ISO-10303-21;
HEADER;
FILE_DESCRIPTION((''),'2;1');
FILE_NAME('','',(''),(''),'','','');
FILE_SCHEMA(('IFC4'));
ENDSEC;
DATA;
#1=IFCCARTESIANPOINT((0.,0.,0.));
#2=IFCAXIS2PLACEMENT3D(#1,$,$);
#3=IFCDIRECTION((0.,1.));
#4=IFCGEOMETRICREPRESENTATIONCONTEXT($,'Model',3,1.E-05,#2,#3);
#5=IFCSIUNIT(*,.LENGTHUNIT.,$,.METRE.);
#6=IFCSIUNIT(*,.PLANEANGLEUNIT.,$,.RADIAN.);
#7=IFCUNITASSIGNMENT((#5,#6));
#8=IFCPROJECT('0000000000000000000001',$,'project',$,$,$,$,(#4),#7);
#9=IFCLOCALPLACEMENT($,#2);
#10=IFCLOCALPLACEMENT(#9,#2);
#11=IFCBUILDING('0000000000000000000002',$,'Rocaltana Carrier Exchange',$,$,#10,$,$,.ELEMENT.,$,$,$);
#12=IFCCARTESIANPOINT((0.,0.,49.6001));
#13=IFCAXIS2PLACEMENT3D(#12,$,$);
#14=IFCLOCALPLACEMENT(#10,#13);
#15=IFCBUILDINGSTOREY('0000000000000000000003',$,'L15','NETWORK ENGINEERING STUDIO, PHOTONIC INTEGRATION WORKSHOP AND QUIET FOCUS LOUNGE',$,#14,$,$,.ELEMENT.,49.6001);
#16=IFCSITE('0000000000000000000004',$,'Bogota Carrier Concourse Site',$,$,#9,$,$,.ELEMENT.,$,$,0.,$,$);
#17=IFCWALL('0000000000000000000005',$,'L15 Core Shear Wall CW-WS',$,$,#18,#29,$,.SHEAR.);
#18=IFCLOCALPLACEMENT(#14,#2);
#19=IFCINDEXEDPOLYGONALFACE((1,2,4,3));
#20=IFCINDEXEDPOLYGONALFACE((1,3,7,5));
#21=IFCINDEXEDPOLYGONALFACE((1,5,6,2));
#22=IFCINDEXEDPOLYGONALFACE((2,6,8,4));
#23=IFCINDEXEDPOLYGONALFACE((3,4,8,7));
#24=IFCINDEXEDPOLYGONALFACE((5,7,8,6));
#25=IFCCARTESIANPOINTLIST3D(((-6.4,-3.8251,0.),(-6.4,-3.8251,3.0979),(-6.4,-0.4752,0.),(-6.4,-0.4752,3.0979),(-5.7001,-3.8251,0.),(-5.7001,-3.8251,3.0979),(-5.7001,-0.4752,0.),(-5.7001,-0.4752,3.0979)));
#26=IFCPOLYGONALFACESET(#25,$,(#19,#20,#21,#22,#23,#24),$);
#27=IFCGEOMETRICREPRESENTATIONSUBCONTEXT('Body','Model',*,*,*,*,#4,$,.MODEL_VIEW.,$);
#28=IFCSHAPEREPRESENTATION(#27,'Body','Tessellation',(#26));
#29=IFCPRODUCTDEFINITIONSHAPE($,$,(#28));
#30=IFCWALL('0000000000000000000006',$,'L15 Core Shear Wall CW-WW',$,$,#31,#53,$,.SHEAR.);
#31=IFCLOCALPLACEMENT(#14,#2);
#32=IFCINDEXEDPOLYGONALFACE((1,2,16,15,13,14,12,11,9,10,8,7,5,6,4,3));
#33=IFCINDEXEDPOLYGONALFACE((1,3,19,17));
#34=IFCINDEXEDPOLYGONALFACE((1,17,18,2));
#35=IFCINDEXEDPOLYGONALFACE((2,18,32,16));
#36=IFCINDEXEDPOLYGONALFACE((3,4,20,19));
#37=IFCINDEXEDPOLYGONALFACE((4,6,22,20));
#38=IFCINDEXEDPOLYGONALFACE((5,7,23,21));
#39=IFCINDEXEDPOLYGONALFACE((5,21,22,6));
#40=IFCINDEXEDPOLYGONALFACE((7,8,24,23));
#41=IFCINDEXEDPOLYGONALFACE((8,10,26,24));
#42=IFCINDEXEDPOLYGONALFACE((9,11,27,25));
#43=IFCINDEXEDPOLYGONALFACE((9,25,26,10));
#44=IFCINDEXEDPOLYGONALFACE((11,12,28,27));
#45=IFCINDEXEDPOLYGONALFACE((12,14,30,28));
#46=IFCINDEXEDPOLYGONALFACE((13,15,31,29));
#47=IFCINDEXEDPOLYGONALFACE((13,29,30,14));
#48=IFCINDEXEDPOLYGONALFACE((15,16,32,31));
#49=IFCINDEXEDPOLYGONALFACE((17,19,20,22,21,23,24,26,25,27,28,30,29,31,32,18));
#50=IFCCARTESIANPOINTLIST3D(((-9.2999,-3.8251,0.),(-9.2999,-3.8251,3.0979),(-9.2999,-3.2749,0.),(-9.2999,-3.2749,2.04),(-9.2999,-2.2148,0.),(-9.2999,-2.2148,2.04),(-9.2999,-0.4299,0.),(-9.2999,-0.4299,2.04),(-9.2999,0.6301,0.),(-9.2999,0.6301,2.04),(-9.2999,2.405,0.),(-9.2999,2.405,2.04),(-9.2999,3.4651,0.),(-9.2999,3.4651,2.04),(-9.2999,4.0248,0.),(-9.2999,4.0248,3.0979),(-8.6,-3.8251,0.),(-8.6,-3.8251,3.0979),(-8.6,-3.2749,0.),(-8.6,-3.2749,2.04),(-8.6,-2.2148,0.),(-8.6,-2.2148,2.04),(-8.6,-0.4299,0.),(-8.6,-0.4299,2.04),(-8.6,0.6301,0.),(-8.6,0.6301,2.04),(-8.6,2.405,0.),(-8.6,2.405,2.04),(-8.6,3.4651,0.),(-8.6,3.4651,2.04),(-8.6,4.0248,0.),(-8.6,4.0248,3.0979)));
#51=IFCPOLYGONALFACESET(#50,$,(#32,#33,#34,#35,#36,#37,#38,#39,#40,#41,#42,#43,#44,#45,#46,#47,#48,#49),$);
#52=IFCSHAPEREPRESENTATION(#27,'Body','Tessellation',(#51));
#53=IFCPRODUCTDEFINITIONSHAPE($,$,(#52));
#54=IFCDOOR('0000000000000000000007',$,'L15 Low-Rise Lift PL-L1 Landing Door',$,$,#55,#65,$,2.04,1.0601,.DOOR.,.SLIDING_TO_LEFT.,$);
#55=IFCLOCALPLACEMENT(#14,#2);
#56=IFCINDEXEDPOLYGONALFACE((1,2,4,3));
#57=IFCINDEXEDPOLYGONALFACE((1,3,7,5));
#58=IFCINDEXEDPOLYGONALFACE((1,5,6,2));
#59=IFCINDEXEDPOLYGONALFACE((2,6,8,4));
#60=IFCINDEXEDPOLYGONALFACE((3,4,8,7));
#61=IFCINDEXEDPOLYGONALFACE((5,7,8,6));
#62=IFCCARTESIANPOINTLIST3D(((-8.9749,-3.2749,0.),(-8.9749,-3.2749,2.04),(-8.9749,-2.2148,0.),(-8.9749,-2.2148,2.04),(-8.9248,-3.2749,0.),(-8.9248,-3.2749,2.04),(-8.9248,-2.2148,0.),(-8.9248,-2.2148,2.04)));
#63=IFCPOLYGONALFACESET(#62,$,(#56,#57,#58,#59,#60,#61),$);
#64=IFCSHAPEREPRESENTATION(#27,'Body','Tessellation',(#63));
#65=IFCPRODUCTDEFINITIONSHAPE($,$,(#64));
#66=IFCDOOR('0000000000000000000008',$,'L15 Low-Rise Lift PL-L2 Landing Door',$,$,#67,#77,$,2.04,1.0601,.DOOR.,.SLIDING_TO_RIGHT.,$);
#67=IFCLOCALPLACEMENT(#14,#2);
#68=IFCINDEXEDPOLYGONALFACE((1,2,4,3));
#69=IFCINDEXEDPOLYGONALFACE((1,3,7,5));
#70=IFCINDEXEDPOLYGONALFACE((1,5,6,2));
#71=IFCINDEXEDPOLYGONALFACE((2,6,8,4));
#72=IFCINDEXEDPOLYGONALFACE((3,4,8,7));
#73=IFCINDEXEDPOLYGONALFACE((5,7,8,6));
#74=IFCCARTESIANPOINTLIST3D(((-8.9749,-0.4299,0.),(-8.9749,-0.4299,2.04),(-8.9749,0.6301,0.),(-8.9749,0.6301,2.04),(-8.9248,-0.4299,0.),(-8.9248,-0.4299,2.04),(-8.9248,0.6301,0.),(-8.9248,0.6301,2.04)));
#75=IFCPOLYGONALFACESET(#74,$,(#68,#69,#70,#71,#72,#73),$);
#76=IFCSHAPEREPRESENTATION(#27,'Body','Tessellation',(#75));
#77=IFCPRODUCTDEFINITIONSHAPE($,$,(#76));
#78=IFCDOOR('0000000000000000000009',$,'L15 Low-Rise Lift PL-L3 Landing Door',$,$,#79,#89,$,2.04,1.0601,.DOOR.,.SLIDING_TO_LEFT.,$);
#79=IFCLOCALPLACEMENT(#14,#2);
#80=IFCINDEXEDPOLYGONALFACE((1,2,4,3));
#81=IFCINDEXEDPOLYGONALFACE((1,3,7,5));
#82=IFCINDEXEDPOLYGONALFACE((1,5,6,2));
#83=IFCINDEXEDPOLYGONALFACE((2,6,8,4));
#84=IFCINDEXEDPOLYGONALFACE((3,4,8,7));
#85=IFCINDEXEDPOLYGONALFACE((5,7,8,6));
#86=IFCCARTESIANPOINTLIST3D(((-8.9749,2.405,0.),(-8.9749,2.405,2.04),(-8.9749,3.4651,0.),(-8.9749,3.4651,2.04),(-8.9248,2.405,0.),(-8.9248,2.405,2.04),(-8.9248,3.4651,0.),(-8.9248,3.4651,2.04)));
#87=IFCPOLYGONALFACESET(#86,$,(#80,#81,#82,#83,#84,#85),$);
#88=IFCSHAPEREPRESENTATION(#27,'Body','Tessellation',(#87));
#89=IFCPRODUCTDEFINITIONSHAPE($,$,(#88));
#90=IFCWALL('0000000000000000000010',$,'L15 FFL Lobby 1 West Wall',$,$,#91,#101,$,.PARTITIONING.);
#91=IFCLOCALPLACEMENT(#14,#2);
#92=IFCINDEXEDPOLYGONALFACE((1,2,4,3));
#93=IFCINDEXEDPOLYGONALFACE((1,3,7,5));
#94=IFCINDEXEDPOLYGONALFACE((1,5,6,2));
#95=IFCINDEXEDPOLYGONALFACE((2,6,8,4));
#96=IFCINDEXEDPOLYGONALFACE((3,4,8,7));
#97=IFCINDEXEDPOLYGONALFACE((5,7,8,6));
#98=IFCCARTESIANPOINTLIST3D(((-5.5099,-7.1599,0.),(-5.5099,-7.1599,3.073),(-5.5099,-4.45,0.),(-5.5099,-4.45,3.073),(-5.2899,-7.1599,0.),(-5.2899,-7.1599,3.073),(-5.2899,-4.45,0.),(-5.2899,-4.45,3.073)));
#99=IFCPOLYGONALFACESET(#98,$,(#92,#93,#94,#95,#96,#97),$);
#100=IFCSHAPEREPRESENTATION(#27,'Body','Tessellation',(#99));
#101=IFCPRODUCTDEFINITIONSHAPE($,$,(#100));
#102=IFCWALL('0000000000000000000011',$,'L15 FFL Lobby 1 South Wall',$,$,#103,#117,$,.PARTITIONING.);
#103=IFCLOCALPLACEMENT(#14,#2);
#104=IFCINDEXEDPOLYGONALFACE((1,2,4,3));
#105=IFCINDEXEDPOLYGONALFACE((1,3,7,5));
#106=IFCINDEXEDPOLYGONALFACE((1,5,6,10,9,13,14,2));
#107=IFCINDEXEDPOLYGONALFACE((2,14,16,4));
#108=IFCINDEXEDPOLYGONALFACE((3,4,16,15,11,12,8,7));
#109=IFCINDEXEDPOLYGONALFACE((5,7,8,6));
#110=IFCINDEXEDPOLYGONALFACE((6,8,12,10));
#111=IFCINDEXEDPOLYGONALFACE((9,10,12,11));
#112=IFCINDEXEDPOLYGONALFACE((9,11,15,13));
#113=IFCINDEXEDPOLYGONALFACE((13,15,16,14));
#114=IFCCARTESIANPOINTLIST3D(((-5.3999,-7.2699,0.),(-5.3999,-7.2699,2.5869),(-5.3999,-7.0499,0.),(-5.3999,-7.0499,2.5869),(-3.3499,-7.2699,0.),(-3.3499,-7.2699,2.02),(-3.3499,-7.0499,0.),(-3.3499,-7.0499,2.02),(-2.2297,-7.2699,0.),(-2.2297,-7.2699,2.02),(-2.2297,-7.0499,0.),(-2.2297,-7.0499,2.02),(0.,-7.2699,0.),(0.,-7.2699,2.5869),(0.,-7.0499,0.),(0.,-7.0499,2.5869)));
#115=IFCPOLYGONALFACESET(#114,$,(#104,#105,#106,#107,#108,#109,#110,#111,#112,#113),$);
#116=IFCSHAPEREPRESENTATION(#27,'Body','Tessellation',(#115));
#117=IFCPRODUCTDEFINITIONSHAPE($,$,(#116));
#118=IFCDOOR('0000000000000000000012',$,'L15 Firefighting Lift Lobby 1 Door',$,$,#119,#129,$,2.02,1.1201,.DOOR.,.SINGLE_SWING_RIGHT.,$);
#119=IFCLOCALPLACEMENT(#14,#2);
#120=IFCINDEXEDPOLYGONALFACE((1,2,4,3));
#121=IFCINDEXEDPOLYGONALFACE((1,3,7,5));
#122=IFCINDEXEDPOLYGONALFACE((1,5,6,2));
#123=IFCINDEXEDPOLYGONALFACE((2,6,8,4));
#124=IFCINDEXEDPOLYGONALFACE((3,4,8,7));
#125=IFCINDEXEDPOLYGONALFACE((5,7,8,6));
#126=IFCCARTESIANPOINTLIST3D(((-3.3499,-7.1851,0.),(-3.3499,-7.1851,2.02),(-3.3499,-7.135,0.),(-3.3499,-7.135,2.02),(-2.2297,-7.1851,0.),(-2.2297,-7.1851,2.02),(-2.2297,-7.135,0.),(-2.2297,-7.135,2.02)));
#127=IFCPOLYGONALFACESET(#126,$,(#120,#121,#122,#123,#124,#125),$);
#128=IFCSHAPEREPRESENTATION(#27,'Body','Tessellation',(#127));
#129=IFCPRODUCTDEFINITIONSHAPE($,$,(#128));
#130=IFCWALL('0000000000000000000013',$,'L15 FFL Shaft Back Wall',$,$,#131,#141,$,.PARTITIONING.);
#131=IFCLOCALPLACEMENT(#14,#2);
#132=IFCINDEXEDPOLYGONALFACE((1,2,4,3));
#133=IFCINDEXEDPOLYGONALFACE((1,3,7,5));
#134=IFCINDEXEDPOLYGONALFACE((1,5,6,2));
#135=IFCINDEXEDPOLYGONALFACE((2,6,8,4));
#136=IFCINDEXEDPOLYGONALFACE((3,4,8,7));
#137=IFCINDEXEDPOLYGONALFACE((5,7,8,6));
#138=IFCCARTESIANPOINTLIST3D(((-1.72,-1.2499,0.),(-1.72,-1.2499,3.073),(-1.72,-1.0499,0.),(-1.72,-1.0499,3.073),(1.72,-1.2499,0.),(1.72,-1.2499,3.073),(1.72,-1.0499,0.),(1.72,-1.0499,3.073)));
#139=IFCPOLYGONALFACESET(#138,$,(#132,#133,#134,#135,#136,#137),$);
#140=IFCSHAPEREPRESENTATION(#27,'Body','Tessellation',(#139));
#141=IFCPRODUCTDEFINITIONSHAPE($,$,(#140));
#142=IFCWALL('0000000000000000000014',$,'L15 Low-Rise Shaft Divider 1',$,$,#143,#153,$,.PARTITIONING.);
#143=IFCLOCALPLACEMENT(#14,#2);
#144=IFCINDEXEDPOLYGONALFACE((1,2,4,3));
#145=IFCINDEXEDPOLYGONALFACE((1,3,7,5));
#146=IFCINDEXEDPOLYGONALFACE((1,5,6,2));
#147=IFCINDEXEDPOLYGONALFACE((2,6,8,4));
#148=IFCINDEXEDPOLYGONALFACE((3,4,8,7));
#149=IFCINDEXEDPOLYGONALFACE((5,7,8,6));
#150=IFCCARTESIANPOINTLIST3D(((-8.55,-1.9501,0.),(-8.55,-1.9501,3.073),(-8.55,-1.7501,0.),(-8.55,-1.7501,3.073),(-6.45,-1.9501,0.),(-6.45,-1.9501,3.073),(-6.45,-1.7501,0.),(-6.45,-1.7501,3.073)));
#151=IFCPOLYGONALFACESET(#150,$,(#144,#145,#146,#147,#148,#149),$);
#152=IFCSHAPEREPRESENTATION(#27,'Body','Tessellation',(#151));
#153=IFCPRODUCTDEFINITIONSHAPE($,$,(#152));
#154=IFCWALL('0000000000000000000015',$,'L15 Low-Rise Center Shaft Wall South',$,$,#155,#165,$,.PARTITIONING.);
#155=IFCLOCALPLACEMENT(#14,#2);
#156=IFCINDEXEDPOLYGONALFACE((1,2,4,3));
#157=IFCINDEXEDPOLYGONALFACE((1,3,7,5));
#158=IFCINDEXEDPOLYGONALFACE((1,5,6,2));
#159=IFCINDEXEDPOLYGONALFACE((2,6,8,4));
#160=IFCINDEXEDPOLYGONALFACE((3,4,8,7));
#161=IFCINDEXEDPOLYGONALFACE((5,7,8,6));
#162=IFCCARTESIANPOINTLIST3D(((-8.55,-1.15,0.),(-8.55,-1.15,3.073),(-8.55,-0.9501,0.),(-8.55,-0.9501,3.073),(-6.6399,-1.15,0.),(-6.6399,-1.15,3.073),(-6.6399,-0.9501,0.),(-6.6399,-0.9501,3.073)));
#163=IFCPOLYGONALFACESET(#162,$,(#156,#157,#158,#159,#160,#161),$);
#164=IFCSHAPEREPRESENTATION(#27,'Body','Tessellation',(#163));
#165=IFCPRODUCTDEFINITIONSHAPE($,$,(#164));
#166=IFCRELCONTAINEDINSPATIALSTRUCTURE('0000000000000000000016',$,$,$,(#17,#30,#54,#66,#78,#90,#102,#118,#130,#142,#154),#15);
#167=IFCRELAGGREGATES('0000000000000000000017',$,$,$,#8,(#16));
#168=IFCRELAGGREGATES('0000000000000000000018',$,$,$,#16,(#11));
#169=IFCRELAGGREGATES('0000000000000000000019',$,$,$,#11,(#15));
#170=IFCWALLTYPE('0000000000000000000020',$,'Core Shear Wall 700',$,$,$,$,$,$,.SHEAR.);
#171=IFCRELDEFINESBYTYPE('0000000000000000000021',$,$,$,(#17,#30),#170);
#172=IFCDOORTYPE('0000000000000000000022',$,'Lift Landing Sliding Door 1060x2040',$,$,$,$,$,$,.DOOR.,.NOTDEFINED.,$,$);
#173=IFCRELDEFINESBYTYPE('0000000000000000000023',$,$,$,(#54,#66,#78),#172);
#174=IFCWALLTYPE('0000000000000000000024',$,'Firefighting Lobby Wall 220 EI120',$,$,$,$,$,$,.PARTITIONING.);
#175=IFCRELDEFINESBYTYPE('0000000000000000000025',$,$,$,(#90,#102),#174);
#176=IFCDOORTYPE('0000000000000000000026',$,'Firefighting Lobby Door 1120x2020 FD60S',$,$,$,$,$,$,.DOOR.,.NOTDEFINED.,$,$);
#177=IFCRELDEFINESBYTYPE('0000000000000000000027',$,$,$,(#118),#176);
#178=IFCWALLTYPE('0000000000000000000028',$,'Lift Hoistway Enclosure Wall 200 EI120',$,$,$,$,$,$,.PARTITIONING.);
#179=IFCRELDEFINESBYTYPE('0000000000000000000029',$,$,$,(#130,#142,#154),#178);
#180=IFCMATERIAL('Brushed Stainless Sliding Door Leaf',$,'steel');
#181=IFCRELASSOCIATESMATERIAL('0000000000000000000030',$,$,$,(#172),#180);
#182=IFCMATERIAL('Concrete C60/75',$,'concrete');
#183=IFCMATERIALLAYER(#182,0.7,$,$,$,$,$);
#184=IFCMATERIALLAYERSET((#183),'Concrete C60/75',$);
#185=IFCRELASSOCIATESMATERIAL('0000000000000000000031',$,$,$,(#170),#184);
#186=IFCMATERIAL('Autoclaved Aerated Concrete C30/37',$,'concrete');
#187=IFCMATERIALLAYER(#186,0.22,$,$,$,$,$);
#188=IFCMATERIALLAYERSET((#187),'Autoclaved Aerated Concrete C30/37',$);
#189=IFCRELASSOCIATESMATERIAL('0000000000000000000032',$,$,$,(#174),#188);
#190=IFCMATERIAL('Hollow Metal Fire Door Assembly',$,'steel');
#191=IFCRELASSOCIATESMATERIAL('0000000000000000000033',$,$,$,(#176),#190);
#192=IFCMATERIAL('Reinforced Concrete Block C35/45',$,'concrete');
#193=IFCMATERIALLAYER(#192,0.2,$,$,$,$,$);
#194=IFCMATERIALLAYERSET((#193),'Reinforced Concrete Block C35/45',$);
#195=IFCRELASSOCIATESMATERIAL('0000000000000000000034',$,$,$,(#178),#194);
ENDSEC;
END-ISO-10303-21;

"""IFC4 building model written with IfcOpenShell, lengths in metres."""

from ifc_helpers import new_model, si_unit, direction, frame, frame_2d, origin, place, context, subcontext, project, spatial, rectangle, extrude, material, layer, layer_set, type_object, element, fill, save


model = new_model("IFC4")

# Units and contexts
model_context = context("Model", 3, precision=1e-05, world=origin(), true_north=direction((0.0, 1.0)))
body_context = subcontext(model_context, "Body", "Model", "MODEL_VIEW")
ifc_project = project(units=[si_unit("LENGTHUNIT", "METRE"), si_unit("PLANEANGLEUNIT", "RADIAN")], contexts=[model_context])

# Site, building, storey
site_placement = place(None, origin())
site = spatial("IfcSite", under=ifc_project, at=site_placement, Name="Bogota Carrier Concourse Site", CompositionType="ELEMENT", RefElevation=0.0)
building_placement = place(site_placement, origin())
building = spatial("IfcBuilding", under=site, at=building_placement, Name="Rocaltana Carrier Exchange", CompositionType="ELEMENT")
storey_placement = place(building_placement, frame((0.0, 0.0, 49.6001)))
storey = spatial("IfcBuildingStorey", under=building, at=storey_placement, Name="L15", Description="NETWORK ENGINEERING STUDIO, PHOTONIC INTEGRATION WORKSHOP AND QUIET FOCUS LOUNGE", CompositionType="ELEMENT", Elevation=49.6001)

# Shared definitions
ifc_material_1 = material(Name="Brushed Stainless Sliding Door Leaf", Category="steel")
door_type_1 = type_object("IfcDoorType", Name="Lift Landing Sliding Door 1060x2040", OperationType="NOTDEFINED", PredefinedType="DOOR", material=ifc_material_1)

# Wall
ifc_material_2 = material(Name="Concrete C60/75", Category="concrete")
ifc_layer_1 = layer(ifc_material_2, 0.7)
ifc_layer_set_1 = layer_set([ifc_layer_1], Name="Concrete C60/75")
wall_type_1 = type_object("IfcWallType", Name="Core Shear Wall 700", PredefinedType="SHEAR", material=ifc_layer_set_1)
wall_1_placement = place(storey_placement, frame((-6.05, -3.825, 0.0), z_axis=(0.0, 0.0, 1.0), x_axis=(0.0, 1.0, 0.0)))
element("IfcWall", 1, at=wall_1_placement, inside=storey, type_object=wall_type_1, Name="L15 Core Shear Wall CW-WS", PredefinedType="SHEAR", context=body_context, shape_type="SweptSolid", body=[
    extrude(rectangle(XDim=3.3499, YDim=0.7, at=frame_2d((1.6748, 0.0))), origin(), (0.0, 0.0, 1.0), 3.0979),
])

# Wall, openings, doors
wall_2_placement = place(storey_placement, frame((-8.95, -3.825, 0.0), z_axis=(0.0, 0.0, 1.0), x_axis=(0.0, 1.0, 0.0)))
wall_2 = element("IfcWall", 2, at=wall_2_placement, inside=storey, type_object=wall_type_1, Name="L15 Core Shear Wall CW-WW", PredefinedType="SHEAR", context=body_context, shape_type="SweptSolid", body=[
    extrude(rectangle(XDim=7.8499, YDim=0.7, at=frame_2d((3.9248, 0.0))), origin(), (0.0, 0.0, 1.0), 3.0979),
])
opening_1_placement = place(wall_2_placement, frame((0.55, 0.0, 0.0)))
opening_1 = element("IfcOpeningElement", 3, at=opening_1_placement, cuts=wall_2, PredefinedType="OPENING", context=body_context, shape_type="SweptSolid", body=[
    extrude(rectangle(XDim=1.0601, YDim=2.04, at=frame_2d((0.53, 1.02))), frame((0.0, 0.3599, 0.0), z_axis=(0.0, -1.0, 0.0), x_axis=(1.0, 0.0, 0.0)), (0.0, 0.0, 1.0), 0.72),
])
opening_2_placement = place(wall_2_placement, frame((3.395, 0.0, 0.0)))
opening_2 = element("IfcOpeningElement", 4, at=opening_2_placement, cuts=wall_2, PredefinedType="OPENING", context=body_context, shape_type="SweptSolid", body=[
    extrude(rectangle(XDim=1.0601, YDim=2.04, at=frame_2d((0.53, 1.02))), frame((0.0, 0.3599, 0.0), z_axis=(0.0, -1.0, 0.0), x_axis=(1.0, 0.0, 0.0)), (0.0, 0.0, 1.0), 0.72),
])
opening_3_placement = place(wall_2_placement, frame((6.23, 0.0, 0.0)))
opening_3 = element("IfcOpeningElement", 5, at=opening_3_placement, cuts=wall_2, PredefinedType="OPENING", context=body_context, shape_type="SweptSolid", body=[
    extrude(rectangle(XDim=1.0601, YDim=2.04, at=frame_2d((0.53, 1.02))), frame((0.0, 0.3599, 0.0), z_axis=(0.0, -1.0, 0.0), x_axis=(1.0, 0.0, 0.0)), (0.0, 0.0, 1.0), 0.72),
])
door_1_placement = place(opening_1_placement, origin())
door_1 = element("IfcDoor", 6, at=door_1_placement, inside=storey, type_object=door_type_1, Name="L15 Low-Rise Lift PL-L1 Landing Door", OperationType="SLIDING_TO_LEFT", OverallHeight=2.04, OverallWidth=1.0601, PredefinedType="DOOR", context=body_context, shape_type="SweptSolid", body=[
    extrude(rectangle(XDim=1.0601, YDim=2.04, at=frame_2d((0.53, 1.02))), frame((0.0, 0.0249, 0.0), z_axis=(0.0, -1.0, 0.0), x_axis=(1.0, 0.0, 0.0)), (0.0, 0.0, 1.0), 0.05),
])
fill(opening_1, door_1)
door_2_placement = place(opening_2_placement, origin())
door_2 = element("IfcDoor", 7, at=door_2_placement, inside=storey, type_object=door_type_1, Name="L15 Low-Rise Lift PL-L2 Landing Door", OperationType="SLIDING_TO_RIGHT", OverallHeight=2.04, OverallWidth=1.0601, PredefinedType="DOOR", context=body_context, shape_type="SweptSolid", body=[
    extrude(rectangle(XDim=1.0601, YDim=2.04, at=frame_2d((0.53, 1.02))), frame((0.0, 0.0249, 0.0), z_axis=(0.0, -1.0, 0.0), x_axis=(1.0, 0.0, 0.0)), (0.0, 0.0, 1.0), 0.05),
])
fill(opening_2, door_2)
door_3_placement = place(opening_3_placement, origin())
door_3 = element("IfcDoor", 8, at=door_3_placement, inside=storey, type_object=door_type_1, Name="L15 Low-Rise Lift PL-L3 Landing Door", OperationType="SLIDING_TO_LEFT", OverallHeight=2.04, OverallWidth=1.0601, PredefinedType="DOOR", context=body_context, shape_type="SweptSolid", body=[
    extrude(rectangle(XDim=1.0601, YDim=2.04, at=frame_2d((0.53, 1.02))), frame((0.0, 0.0249, 0.0), z_axis=(0.0, -1.0, 0.0), x_axis=(1.0, 0.0, 0.0)), (0.0, 0.0, 1.0), 0.05),
])
fill(opening_3, door_3)

# Wall
ifc_material_3 = material(Name="Autoclaved Aerated Concrete C30/37", Category="concrete")
ifc_layer_2 = layer(ifc_material_3, 0.22)
ifc_layer_set_2 = layer_set([ifc_layer_2], Name="Autoclaved Aerated Concrete C30/37")
wall_type_2 = type_object("IfcWallType", Name="Firefighting Lobby Wall 220 EI120", PredefinedType="PARTITIONING", material=ifc_layer_set_2)
wall_3_placement = place(storey_placement, frame((-5.3999, -7.1599, 0.0), z_axis=(0.0, 0.0, 1.0), x_axis=(0.0, 1.0, 0.0)))
element("IfcWall", 9, at=wall_3_placement, inside=storey, type_object=wall_type_2, Name="L15 FFL Lobby 1 West Wall", PredefinedType="PARTITIONING", context=body_context, shape_type="SweptSolid", body=[
    extrude(rectangle(XDim=2.71, YDim=0.22, at=frame_2d((1.355, 0.0))), origin(), (0.0, 0.0, 1.0), 3.073),
])

# Wall, opening, door
wall_4_placement = place(storey_placement, frame((-5.3999, -7.1599, 0.0), z_axis=(0.0, 0.0, 1.0), x_axis=(1.0, 0.0, 0.0)))
wall_4 = element("IfcWall", 10, at=wall_4_placement, inside=storey, type_object=wall_type_2, Name="L15 FFL Lobby 1 South Wall", PredefinedType="PARTITIONING", context=body_context, shape_type="SweptSolid", body=[
    extrude(rectangle(XDim=5.3999, YDim=0.22, at=frame_2d((2.7, 0.0))), origin(), (0.0, 0.0, 1.0), 2.5869),
])
opening_4_placement = place(wall_4_placement, frame((2.05, 0.0, 0.0)))
opening_4 = element("IfcOpeningElement", 11, at=opening_4_placement, cuts=wall_4, PredefinedType="OPENING", context=body_context, shape_type="SweptSolid", body=[
    extrude(rectangle(XDim=1.1201, YDim=2.02, at=frame_2d((0.5601, 1.01))), frame((0.0, 0.1199, 0.0), z_axis=(0.0, -1.0, 0.0), x_axis=(1.0, 0.0, 0.0)), (0.0, 0.0, 1.0), 0.24),
])
ifc_material_4 = material(Name="Hollow Metal Fire Door Assembly", Category="steel")
door_type_2 = type_object("IfcDoorType", Name="Firefighting Lobby Door 1120x2020 FD60S", OperationType="NOTDEFINED", PredefinedType="DOOR", material=ifc_material_4)
door_4_placement = place(opening_4_placement, origin())
door_4 = element("IfcDoor", 12, at=door_4_placement, inside=storey, type_object=door_type_2, Name="L15 Firefighting Lift Lobby 1 Door", OperationType="SINGLE_SWING_RIGHT", OverallHeight=2.02, OverallWidth=1.1201, PredefinedType="DOOR", context=body_context, shape_type="SweptSolid", body=[
    extrude(rectangle(XDim=1.1201, YDim=2.02, at=frame_2d((0.5601, 1.01))), frame((0.0, 0.0249, 0.0), z_axis=(0.0, -1.0, 0.0), x_axis=(1.0, 0.0, 0.0)), (0.0, 0.0, 1.0), 0.05),
])
fill(opening_4, door_4)

# Walls
ifc_material_5 = material(Name="Reinforced Concrete Block C35/45", Category="concrete")
ifc_layer_3 = layer(ifc_material_5, 0.2)
ifc_layer_set_3 = layer_set([ifc_layer_3], Name="Reinforced Concrete Block C35/45")
wall_type_3 = type_object("IfcWallType", Name="Lift Hoistway Enclosure Wall 200 EI120", PredefinedType="PARTITIONING", material=ifc_layer_set_3)
wall_5_placement = place(storey_placement, frame((-1.72, -1.1499, 0.0), z_axis=(0.0, 0.0, 1.0), x_axis=(1.0, 0.0, 0.0)))
element("IfcWall", 13, at=wall_5_placement, inside=storey, type_object=wall_type_3, Name="L15 FFL Shaft Back Wall", PredefinedType="PARTITIONING", context=body_context, shape_type="SweptSolid", body=[
    extrude(rectangle(XDim=3.4399, YDim=0.2, at=frame_2d((1.72, 0.0))), origin(), (0.0, 0.0, 1.0), 3.073),
])
wall_6_placement = place(storey_placement, frame((-8.55, -1.8501, 0.0), z_axis=(0.0, 0.0, 1.0), x_axis=(1.0, 0.0, 0.0)))
element("IfcWall", 14, at=wall_6_placement, inside=storey, type_object=wall_type_3, Name="L15 Low-Rise Shaft Divider 1", PredefinedType="PARTITIONING", context=body_context, shape_type="SweptSolid", body=[
    extrude(rectangle(XDim=2.1001, YDim=0.2, at=frame_2d((1.05, 0.0))), origin(), (0.0, 0.0, 1.0), 3.073),
])
wall_7_placement = place(storey_placement, frame((-8.55, -1.05, 0.0), z_axis=(0.0, 0.0, 1.0), x_axis=(1.0, 0.0, 0.0)))
element("IfcWall", 15, at=wall_7_placement, inside=storey, type_object=wall_type_3, Name="L15 Low-Rise Center Shaft Wall South", PredefinedType="PARTITIONING", context=body_context, shape_type="SweptSolid", body=[
    extrude(rectangle(XDim=1.9102, YDim=0.2, at=frame_2d((0.9551, 0.0))), origin(), (0.0, 0.0, 1.0), 3.073),
])

save(model, "model.ifc")
